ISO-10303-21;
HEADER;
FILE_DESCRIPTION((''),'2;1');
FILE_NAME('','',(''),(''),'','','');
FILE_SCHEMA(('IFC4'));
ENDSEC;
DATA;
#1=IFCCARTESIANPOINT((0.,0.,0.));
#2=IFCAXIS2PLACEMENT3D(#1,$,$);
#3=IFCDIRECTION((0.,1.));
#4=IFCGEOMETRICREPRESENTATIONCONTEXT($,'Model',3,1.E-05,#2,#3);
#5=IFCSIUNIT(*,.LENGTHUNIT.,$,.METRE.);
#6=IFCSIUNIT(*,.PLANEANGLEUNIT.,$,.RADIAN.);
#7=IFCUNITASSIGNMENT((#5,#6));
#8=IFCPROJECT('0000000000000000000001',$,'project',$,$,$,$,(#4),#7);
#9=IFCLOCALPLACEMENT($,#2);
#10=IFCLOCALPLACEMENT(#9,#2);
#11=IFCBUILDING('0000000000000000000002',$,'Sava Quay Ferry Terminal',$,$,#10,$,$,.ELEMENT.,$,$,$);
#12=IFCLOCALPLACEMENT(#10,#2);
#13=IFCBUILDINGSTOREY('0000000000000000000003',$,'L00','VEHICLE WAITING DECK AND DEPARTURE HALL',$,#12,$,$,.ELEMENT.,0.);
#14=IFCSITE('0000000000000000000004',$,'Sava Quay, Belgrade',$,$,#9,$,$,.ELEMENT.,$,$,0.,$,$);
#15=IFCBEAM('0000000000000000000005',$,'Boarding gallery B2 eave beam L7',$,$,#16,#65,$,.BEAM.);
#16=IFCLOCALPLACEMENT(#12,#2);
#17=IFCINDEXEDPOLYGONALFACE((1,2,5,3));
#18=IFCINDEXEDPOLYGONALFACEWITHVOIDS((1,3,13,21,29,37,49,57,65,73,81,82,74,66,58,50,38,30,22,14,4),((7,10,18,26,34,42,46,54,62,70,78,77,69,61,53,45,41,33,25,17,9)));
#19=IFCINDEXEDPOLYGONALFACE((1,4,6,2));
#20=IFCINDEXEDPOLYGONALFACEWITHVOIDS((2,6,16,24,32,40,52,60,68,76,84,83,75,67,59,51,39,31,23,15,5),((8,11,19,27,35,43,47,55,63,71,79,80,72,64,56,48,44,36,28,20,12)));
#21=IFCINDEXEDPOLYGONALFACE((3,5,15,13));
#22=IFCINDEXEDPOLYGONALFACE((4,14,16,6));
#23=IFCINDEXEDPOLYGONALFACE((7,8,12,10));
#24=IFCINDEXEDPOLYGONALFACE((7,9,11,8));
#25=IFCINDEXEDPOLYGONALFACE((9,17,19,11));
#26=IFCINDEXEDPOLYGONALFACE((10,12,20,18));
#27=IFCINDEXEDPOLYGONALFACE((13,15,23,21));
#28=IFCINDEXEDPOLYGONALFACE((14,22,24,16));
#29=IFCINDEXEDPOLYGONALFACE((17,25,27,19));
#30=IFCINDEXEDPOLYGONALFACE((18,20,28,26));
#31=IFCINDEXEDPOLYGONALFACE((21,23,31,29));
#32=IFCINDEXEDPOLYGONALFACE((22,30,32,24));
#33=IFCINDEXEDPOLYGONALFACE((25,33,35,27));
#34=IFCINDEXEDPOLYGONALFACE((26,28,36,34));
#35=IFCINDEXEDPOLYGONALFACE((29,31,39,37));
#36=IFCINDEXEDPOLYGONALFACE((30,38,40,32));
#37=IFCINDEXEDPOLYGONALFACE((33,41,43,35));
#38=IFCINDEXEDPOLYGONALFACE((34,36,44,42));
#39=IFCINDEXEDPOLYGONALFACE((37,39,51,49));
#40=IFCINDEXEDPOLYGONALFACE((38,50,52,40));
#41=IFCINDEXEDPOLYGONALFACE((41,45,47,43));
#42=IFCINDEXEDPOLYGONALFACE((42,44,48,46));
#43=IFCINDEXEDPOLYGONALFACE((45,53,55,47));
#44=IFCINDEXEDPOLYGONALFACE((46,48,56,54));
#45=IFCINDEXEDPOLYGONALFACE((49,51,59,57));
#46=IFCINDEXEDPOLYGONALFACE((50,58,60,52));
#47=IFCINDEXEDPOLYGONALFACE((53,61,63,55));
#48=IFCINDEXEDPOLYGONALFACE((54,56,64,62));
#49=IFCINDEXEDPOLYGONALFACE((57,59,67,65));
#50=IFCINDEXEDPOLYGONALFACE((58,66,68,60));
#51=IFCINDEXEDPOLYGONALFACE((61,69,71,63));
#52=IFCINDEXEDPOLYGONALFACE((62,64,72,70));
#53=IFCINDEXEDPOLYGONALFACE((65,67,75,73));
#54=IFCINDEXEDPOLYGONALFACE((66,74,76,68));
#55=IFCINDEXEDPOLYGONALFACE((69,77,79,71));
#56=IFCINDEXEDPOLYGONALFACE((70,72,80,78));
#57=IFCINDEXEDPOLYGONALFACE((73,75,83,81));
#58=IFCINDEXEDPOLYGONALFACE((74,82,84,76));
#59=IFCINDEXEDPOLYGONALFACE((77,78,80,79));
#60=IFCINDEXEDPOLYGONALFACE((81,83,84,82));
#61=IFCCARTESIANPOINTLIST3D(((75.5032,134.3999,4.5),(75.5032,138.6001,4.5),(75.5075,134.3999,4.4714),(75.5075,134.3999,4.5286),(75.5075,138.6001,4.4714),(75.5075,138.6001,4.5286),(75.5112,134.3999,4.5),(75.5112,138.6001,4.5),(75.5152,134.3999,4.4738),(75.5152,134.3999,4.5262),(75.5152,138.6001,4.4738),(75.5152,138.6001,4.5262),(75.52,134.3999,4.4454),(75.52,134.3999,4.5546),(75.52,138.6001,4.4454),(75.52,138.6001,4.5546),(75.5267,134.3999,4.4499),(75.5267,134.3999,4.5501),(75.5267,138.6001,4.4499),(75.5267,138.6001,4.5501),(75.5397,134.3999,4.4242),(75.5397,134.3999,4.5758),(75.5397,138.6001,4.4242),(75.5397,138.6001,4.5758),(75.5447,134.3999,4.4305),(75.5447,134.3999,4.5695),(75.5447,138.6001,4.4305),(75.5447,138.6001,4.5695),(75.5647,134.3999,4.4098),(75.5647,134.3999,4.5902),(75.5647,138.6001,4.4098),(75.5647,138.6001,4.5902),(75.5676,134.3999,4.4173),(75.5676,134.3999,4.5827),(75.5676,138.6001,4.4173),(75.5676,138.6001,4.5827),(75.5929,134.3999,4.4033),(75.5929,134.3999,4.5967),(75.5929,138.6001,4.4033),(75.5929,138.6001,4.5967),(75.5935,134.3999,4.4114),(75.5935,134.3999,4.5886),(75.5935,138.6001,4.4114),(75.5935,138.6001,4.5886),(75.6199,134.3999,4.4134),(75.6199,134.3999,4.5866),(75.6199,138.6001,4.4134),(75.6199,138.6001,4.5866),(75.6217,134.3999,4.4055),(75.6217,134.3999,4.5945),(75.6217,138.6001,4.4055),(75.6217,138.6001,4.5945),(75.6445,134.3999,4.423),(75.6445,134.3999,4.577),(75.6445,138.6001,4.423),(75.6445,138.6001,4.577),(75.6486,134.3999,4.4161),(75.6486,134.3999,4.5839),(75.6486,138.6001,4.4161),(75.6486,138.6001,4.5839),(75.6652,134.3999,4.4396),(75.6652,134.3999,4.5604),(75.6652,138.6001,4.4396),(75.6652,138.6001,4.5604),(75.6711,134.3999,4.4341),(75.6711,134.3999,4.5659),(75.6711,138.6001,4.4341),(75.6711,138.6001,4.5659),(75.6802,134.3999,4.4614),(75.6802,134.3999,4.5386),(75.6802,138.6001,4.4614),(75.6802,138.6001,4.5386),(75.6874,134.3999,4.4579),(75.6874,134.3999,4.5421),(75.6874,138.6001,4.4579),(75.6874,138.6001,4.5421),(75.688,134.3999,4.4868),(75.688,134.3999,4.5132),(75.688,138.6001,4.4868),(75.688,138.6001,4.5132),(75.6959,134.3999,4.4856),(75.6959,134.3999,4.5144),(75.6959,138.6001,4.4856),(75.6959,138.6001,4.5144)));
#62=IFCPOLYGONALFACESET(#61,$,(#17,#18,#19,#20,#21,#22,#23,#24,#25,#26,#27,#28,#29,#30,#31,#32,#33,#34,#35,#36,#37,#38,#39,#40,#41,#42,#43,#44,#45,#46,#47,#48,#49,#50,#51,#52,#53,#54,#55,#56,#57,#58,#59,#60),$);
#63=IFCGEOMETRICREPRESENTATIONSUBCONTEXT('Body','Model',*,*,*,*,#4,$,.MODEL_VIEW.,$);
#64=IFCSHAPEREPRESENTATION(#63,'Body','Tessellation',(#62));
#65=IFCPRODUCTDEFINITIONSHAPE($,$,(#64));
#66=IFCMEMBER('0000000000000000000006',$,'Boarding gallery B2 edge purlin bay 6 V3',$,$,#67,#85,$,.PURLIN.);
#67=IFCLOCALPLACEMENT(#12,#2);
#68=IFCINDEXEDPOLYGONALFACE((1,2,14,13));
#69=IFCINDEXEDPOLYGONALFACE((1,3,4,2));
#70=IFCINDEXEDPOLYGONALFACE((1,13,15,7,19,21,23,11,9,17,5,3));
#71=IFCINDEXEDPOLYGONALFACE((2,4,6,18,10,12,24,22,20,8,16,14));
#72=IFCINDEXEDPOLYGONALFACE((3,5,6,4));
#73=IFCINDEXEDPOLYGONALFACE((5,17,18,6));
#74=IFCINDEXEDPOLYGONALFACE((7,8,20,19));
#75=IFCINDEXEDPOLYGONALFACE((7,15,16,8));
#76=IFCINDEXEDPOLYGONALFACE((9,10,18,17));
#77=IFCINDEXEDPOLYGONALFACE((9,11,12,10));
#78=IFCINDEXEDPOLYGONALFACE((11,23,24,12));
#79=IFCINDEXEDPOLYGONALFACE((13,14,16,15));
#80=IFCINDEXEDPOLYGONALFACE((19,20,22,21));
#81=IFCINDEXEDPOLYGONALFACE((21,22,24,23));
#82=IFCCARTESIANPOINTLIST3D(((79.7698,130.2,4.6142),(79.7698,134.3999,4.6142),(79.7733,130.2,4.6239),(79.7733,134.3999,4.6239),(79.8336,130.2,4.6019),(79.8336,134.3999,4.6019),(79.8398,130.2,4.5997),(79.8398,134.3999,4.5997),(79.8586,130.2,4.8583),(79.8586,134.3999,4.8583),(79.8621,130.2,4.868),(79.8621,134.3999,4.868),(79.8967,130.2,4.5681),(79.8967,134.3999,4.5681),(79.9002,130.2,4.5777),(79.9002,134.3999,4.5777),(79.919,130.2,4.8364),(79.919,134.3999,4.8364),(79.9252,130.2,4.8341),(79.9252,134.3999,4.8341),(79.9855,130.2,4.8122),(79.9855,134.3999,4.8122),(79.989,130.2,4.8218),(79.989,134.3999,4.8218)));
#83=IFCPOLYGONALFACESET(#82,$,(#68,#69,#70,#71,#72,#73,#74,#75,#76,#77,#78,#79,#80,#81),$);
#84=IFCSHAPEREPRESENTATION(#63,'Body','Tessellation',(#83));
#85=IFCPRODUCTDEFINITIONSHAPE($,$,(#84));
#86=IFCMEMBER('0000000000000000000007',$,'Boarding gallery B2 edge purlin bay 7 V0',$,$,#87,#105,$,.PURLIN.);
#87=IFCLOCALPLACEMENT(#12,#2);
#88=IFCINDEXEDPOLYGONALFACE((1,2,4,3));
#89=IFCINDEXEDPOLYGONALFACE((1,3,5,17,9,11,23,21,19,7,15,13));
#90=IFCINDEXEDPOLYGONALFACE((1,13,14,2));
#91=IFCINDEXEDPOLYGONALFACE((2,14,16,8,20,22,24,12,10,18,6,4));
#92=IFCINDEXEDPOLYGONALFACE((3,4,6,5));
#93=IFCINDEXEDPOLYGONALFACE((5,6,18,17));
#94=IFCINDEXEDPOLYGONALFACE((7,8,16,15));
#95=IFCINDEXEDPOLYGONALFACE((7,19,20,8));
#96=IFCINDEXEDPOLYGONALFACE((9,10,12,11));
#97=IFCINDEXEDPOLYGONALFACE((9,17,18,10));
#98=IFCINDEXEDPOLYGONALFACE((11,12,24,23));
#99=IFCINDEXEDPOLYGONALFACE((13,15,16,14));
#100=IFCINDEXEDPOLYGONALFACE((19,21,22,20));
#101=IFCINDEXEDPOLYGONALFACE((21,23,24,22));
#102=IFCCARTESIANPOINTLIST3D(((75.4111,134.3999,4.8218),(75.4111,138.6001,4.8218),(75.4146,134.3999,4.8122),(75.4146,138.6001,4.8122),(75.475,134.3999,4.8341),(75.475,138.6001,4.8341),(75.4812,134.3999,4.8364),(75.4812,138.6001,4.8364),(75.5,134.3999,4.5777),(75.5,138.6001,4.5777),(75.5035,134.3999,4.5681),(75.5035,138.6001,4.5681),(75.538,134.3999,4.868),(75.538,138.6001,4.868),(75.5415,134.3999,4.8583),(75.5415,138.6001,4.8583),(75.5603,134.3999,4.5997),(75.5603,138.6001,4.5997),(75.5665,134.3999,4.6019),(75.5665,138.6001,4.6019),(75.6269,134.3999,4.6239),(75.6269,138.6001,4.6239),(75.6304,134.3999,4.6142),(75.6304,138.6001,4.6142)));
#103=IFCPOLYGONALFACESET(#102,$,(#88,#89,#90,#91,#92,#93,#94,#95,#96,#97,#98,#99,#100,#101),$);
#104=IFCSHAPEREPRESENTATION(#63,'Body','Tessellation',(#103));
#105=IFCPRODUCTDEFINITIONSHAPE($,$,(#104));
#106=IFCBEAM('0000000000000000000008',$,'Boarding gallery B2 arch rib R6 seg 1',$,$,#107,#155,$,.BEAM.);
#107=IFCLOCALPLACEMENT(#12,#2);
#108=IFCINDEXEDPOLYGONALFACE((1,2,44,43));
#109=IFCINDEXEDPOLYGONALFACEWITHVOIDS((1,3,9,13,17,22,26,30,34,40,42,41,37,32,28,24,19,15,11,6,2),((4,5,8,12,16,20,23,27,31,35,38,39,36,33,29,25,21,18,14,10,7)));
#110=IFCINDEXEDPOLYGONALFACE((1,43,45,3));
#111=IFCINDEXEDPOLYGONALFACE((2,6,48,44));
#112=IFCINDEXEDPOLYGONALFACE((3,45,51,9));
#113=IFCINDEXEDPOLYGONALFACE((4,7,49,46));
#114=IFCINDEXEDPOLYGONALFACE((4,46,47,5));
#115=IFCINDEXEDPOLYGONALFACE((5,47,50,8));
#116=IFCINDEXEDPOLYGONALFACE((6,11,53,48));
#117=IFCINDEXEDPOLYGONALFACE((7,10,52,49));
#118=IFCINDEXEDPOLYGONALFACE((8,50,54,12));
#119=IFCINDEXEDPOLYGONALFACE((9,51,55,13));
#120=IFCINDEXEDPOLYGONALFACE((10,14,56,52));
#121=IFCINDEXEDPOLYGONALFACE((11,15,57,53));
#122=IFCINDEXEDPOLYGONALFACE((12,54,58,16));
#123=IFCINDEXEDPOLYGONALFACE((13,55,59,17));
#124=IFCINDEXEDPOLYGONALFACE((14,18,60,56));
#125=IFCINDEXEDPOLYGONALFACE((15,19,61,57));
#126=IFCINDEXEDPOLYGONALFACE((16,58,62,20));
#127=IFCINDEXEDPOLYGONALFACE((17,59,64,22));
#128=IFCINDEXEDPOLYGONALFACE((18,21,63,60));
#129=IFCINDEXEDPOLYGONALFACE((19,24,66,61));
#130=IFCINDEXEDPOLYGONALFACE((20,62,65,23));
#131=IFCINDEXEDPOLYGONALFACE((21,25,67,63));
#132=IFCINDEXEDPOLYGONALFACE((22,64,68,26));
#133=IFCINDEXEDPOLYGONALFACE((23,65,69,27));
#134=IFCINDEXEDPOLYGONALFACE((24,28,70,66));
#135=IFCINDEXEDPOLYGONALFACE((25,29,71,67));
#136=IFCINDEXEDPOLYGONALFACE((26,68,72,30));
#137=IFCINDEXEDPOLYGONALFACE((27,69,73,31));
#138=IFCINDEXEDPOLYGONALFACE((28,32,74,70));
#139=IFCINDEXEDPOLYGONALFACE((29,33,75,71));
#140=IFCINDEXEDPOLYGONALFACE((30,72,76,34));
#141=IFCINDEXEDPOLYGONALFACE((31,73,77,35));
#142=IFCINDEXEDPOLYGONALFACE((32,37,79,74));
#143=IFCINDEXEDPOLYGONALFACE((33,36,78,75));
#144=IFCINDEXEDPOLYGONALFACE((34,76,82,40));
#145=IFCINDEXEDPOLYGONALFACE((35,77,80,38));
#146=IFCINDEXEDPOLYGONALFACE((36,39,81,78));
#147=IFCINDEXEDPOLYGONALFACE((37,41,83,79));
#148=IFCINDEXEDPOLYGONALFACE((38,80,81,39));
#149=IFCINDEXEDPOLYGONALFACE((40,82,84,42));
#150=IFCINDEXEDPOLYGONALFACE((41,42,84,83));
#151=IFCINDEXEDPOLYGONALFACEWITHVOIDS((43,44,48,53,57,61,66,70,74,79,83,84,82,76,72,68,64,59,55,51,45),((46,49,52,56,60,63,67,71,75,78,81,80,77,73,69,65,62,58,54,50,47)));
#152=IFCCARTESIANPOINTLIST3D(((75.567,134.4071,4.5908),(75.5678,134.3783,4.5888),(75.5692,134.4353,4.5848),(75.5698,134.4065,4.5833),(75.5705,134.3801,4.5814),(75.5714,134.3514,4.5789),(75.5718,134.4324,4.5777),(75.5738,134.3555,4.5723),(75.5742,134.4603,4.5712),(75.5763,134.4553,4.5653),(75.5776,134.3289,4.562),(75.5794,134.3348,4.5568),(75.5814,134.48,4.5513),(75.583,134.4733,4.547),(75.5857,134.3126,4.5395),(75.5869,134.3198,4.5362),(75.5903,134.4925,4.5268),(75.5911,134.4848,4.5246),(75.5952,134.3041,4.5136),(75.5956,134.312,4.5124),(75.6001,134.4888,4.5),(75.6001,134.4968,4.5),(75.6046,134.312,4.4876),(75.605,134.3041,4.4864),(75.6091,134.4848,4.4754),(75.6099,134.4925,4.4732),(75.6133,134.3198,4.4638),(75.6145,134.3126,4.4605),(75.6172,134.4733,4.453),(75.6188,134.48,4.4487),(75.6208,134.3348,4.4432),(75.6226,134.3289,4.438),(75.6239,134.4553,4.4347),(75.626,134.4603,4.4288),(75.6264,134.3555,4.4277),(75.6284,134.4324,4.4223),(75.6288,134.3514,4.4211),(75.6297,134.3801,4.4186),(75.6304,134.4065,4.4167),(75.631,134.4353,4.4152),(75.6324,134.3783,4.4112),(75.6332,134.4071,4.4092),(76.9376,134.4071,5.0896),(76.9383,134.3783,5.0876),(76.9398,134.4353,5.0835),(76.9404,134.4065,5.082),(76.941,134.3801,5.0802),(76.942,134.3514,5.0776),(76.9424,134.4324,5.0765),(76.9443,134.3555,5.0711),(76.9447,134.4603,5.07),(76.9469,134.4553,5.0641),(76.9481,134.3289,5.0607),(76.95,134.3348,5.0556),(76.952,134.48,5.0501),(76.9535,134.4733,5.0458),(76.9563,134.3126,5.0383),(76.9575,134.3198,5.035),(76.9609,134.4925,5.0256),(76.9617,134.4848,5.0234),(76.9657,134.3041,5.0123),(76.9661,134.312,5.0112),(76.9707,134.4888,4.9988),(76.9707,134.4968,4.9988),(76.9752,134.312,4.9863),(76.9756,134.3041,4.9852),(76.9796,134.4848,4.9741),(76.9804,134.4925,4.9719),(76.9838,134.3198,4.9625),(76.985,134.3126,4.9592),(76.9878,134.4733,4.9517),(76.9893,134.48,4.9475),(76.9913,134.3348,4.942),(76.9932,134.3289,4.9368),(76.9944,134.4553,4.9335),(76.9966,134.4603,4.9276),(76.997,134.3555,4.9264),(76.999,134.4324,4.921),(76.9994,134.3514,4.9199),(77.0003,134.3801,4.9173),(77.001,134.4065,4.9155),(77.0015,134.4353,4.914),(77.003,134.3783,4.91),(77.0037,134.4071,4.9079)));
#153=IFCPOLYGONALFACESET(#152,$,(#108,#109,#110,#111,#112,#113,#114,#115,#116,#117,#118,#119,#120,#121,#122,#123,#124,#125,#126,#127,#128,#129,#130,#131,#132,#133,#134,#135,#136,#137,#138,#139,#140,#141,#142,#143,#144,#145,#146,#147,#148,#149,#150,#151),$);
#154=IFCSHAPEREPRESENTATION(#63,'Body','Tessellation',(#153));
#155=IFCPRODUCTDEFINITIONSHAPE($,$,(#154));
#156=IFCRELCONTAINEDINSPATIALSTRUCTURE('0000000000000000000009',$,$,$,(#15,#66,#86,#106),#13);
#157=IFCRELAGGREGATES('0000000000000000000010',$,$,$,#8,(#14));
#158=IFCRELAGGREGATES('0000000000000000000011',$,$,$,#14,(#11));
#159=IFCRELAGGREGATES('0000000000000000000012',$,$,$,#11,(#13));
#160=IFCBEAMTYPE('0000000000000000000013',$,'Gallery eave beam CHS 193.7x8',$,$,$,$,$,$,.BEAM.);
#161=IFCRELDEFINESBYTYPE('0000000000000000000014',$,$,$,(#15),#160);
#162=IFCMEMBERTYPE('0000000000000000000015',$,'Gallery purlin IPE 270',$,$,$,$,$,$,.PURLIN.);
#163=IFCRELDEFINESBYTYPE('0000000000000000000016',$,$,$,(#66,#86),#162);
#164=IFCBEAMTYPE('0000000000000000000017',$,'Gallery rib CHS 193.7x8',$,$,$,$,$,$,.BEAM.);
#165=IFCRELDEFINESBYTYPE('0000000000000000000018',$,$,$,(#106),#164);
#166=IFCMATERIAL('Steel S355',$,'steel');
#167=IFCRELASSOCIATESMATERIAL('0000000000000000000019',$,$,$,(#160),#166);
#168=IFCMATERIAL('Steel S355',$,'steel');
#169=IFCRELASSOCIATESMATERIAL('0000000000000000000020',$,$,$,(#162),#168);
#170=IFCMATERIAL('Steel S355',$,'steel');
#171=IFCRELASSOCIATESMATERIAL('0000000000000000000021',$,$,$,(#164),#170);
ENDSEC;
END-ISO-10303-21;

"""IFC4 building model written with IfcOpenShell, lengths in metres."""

from ifc_helpers import new_model, si_unit, direction, frame, origin, origin_2d, place, context, subcontext, project, spatial, hollow_circle, i_section, extrude, material, material_profile, profile_set, type_object, element, save


model = new_model("IFC4")

# Units and contexts
model_context = context("Model", 3, precision=1e-05, world=origin(), true_north=direction((0.0, 1.0)))
body_context = subcontext(model_context, "Body", "Model", "MODEL_VIEW")
ifc_project = project(units=[si_unit("LENGTHUNIT", "METRE"), si_unit("PLANEANGLEUNIT", "RADIAN")], contexts=[model_context])

# Site, building, storey
site_placement = place(None, origin())
site = spatial("IfcSite", under=ifc_project, at=site_placement, Name="Sava Quay, Belgrade", CompositionType="ELEMENT", RefElevation=0.0)
building_placement = place(site_placement, origin())
building = spatial("IfcBuilding", under=site, at=building_placement, Name="Sava Quay Ferry Terminal", CompositionType="ELEMENT")
storey_placement = place(building_placement, origin())
storey = spatial("IfcBuildingStorey", under=building, at=storey_placement, Name="L00", Description="VEHICLE WAITING DECK AND DEPARTURE HALL", CompositionType="ELEMENT", Elevation=0.0)

# Beam
ifc_material_1 = material(Name="Steel S355", Category="steel")
ifc_material_profile_1 = material_profile(ifc_material_1, hollow_circle(Radius=0.0969, WallThickness=0.0081, at=origin_2d()), Name="CHS 193.7 x 8.0")
ifc_profile_set_1 = profile_set([ifc_material_profile_1], Name="Steel S355")
beam_type_1 = type_object("IfcBeamType", Name="Gallery eave beam CHS 193.7x8", PredefinedType="BEAM", material=ifc_profile_set_1)
beam_1_placement = place(storey_placement, frame((75.6001, 134.3999, 4.5), z_axis=(0.0, 1.0, 0.0), x_axis=(-1.0, 0.0, 0.0)))
element("IfcBeam", 1, at=beam_1_placement, inside=storey, type_object=beam_type_1, Name="Boarding gallery B2 eave beam L7", PredefinedType="BEAM", context=body_context, shape_type="SweptSolid", body=[
    extrude(hollow_circle(Radius=0.0969, WallThickness=0.0081, at=origin_2d()), origin(), (0.0, 0.0, 1.0), 4.2002),
])

# Members
ifc_material_2 = material(Name="Steel S355", Category="steel")
ifc_material_profile_2 = material_profile(ifc_material_2, i_section(OverallWidth=0.135, OverallDepth=0.27, WebThickness=0.0066, FlangeThickness=0.0103, at=origin_2d()), Name="IPE 270")
ifc_profile_set_2 = profile_set([ifc_material_profile_2], Name="Steel S355")
member_type_1 = type_object("IfcMemberType", Name="Gallery purlin IPE 270", PredefinedType="PURLIN", material=ifc_profile_set_2)
member_1_placement = place(storey_placement, frame((79.8794, 130.2, 4.718), z_axis=(0.0, 1.0, 0.0), x_axis=(-0.939693, 0.0, 0.34202)))
element("IfcMember", 2, at=member_1_placement, inside=storey, type_object=member_type_1, Name="Boarding gallery B2 edge purlin bay 6 V3", PredefinedType="PURLIN", context=body_context, shape_type="SweptSolid", body=[
    extrude(i_section(OverallWidth=0.135, OverallDepth=0.27, WebThickness=0.0066, FlangeThickness=0.0103, at=origin_2d()), origin(), (0.0, 0.0, 1.0), 4.2),
])
member_2_placement = place(storey_placement, frame((75.5208, 134.3999, 4.718), z_axis=(0.0, 1.0, 0.0), x_axis=(-0.939693, 0.0, -0.34202)))
element("IfcMember", 3, at=member_2_placement, inside=storey, type_object=member_type_1, Name="Boarding gallery B2 edge purlin bay 7 V0", PredefinedType="PURLIN", context=body_context, shape_type="SweptSolid", body=[
    extrude(i_section(OverallWidth=0.135, OverallDepth=0.27, WebThickness=0.0066, FlangeThickness=0.0103, at=origin_2d()), origin(), (0.0, 0.0, 1.0), 4.2002),
])

# Beam
ifc_material_3 = material(Name="Steel S355", Category="steel")
ifc_material_profile_3 = material_profile(ifc_material_3, hollow_circle(Radius=0.0969, WallThickness=0.0081, at=origin_2d()), Name="CHS 193.7 x 8.0")
ifc_profile_set_3 = profile_set([ifc_material_profile_3], Name="Steel S355")
beam_type_2 = type_object("IfcBeamType", Name="Gallery rib CHS 193.7x8", PredefinedType="BEAM", material=ifc_profile_set_3)
beam_2_placement = place(storey_placement, frame((75.6001, 134.3999, 4.5), z_axis=(0.93971, 0.0, 0.341972), x_axis=(0.0, 1.0, 0.0)))
element("IfcBeam", 4, at=beam_2_placement, inside=storey, type_object=beam_type_2, Name="Boarding gallery B2 arch rib R6 seg 1", PredefinedType="BEAM", context=body_context, shape_type="SweptSolid", body=[
    extrude(hollow_circle(Radius=0.0969, WallThickness=0.0081, at=origin_2d()), origin(), (0.0, 0.0, 1.0), 1.4585),
])

save(model, "model.ifc")
